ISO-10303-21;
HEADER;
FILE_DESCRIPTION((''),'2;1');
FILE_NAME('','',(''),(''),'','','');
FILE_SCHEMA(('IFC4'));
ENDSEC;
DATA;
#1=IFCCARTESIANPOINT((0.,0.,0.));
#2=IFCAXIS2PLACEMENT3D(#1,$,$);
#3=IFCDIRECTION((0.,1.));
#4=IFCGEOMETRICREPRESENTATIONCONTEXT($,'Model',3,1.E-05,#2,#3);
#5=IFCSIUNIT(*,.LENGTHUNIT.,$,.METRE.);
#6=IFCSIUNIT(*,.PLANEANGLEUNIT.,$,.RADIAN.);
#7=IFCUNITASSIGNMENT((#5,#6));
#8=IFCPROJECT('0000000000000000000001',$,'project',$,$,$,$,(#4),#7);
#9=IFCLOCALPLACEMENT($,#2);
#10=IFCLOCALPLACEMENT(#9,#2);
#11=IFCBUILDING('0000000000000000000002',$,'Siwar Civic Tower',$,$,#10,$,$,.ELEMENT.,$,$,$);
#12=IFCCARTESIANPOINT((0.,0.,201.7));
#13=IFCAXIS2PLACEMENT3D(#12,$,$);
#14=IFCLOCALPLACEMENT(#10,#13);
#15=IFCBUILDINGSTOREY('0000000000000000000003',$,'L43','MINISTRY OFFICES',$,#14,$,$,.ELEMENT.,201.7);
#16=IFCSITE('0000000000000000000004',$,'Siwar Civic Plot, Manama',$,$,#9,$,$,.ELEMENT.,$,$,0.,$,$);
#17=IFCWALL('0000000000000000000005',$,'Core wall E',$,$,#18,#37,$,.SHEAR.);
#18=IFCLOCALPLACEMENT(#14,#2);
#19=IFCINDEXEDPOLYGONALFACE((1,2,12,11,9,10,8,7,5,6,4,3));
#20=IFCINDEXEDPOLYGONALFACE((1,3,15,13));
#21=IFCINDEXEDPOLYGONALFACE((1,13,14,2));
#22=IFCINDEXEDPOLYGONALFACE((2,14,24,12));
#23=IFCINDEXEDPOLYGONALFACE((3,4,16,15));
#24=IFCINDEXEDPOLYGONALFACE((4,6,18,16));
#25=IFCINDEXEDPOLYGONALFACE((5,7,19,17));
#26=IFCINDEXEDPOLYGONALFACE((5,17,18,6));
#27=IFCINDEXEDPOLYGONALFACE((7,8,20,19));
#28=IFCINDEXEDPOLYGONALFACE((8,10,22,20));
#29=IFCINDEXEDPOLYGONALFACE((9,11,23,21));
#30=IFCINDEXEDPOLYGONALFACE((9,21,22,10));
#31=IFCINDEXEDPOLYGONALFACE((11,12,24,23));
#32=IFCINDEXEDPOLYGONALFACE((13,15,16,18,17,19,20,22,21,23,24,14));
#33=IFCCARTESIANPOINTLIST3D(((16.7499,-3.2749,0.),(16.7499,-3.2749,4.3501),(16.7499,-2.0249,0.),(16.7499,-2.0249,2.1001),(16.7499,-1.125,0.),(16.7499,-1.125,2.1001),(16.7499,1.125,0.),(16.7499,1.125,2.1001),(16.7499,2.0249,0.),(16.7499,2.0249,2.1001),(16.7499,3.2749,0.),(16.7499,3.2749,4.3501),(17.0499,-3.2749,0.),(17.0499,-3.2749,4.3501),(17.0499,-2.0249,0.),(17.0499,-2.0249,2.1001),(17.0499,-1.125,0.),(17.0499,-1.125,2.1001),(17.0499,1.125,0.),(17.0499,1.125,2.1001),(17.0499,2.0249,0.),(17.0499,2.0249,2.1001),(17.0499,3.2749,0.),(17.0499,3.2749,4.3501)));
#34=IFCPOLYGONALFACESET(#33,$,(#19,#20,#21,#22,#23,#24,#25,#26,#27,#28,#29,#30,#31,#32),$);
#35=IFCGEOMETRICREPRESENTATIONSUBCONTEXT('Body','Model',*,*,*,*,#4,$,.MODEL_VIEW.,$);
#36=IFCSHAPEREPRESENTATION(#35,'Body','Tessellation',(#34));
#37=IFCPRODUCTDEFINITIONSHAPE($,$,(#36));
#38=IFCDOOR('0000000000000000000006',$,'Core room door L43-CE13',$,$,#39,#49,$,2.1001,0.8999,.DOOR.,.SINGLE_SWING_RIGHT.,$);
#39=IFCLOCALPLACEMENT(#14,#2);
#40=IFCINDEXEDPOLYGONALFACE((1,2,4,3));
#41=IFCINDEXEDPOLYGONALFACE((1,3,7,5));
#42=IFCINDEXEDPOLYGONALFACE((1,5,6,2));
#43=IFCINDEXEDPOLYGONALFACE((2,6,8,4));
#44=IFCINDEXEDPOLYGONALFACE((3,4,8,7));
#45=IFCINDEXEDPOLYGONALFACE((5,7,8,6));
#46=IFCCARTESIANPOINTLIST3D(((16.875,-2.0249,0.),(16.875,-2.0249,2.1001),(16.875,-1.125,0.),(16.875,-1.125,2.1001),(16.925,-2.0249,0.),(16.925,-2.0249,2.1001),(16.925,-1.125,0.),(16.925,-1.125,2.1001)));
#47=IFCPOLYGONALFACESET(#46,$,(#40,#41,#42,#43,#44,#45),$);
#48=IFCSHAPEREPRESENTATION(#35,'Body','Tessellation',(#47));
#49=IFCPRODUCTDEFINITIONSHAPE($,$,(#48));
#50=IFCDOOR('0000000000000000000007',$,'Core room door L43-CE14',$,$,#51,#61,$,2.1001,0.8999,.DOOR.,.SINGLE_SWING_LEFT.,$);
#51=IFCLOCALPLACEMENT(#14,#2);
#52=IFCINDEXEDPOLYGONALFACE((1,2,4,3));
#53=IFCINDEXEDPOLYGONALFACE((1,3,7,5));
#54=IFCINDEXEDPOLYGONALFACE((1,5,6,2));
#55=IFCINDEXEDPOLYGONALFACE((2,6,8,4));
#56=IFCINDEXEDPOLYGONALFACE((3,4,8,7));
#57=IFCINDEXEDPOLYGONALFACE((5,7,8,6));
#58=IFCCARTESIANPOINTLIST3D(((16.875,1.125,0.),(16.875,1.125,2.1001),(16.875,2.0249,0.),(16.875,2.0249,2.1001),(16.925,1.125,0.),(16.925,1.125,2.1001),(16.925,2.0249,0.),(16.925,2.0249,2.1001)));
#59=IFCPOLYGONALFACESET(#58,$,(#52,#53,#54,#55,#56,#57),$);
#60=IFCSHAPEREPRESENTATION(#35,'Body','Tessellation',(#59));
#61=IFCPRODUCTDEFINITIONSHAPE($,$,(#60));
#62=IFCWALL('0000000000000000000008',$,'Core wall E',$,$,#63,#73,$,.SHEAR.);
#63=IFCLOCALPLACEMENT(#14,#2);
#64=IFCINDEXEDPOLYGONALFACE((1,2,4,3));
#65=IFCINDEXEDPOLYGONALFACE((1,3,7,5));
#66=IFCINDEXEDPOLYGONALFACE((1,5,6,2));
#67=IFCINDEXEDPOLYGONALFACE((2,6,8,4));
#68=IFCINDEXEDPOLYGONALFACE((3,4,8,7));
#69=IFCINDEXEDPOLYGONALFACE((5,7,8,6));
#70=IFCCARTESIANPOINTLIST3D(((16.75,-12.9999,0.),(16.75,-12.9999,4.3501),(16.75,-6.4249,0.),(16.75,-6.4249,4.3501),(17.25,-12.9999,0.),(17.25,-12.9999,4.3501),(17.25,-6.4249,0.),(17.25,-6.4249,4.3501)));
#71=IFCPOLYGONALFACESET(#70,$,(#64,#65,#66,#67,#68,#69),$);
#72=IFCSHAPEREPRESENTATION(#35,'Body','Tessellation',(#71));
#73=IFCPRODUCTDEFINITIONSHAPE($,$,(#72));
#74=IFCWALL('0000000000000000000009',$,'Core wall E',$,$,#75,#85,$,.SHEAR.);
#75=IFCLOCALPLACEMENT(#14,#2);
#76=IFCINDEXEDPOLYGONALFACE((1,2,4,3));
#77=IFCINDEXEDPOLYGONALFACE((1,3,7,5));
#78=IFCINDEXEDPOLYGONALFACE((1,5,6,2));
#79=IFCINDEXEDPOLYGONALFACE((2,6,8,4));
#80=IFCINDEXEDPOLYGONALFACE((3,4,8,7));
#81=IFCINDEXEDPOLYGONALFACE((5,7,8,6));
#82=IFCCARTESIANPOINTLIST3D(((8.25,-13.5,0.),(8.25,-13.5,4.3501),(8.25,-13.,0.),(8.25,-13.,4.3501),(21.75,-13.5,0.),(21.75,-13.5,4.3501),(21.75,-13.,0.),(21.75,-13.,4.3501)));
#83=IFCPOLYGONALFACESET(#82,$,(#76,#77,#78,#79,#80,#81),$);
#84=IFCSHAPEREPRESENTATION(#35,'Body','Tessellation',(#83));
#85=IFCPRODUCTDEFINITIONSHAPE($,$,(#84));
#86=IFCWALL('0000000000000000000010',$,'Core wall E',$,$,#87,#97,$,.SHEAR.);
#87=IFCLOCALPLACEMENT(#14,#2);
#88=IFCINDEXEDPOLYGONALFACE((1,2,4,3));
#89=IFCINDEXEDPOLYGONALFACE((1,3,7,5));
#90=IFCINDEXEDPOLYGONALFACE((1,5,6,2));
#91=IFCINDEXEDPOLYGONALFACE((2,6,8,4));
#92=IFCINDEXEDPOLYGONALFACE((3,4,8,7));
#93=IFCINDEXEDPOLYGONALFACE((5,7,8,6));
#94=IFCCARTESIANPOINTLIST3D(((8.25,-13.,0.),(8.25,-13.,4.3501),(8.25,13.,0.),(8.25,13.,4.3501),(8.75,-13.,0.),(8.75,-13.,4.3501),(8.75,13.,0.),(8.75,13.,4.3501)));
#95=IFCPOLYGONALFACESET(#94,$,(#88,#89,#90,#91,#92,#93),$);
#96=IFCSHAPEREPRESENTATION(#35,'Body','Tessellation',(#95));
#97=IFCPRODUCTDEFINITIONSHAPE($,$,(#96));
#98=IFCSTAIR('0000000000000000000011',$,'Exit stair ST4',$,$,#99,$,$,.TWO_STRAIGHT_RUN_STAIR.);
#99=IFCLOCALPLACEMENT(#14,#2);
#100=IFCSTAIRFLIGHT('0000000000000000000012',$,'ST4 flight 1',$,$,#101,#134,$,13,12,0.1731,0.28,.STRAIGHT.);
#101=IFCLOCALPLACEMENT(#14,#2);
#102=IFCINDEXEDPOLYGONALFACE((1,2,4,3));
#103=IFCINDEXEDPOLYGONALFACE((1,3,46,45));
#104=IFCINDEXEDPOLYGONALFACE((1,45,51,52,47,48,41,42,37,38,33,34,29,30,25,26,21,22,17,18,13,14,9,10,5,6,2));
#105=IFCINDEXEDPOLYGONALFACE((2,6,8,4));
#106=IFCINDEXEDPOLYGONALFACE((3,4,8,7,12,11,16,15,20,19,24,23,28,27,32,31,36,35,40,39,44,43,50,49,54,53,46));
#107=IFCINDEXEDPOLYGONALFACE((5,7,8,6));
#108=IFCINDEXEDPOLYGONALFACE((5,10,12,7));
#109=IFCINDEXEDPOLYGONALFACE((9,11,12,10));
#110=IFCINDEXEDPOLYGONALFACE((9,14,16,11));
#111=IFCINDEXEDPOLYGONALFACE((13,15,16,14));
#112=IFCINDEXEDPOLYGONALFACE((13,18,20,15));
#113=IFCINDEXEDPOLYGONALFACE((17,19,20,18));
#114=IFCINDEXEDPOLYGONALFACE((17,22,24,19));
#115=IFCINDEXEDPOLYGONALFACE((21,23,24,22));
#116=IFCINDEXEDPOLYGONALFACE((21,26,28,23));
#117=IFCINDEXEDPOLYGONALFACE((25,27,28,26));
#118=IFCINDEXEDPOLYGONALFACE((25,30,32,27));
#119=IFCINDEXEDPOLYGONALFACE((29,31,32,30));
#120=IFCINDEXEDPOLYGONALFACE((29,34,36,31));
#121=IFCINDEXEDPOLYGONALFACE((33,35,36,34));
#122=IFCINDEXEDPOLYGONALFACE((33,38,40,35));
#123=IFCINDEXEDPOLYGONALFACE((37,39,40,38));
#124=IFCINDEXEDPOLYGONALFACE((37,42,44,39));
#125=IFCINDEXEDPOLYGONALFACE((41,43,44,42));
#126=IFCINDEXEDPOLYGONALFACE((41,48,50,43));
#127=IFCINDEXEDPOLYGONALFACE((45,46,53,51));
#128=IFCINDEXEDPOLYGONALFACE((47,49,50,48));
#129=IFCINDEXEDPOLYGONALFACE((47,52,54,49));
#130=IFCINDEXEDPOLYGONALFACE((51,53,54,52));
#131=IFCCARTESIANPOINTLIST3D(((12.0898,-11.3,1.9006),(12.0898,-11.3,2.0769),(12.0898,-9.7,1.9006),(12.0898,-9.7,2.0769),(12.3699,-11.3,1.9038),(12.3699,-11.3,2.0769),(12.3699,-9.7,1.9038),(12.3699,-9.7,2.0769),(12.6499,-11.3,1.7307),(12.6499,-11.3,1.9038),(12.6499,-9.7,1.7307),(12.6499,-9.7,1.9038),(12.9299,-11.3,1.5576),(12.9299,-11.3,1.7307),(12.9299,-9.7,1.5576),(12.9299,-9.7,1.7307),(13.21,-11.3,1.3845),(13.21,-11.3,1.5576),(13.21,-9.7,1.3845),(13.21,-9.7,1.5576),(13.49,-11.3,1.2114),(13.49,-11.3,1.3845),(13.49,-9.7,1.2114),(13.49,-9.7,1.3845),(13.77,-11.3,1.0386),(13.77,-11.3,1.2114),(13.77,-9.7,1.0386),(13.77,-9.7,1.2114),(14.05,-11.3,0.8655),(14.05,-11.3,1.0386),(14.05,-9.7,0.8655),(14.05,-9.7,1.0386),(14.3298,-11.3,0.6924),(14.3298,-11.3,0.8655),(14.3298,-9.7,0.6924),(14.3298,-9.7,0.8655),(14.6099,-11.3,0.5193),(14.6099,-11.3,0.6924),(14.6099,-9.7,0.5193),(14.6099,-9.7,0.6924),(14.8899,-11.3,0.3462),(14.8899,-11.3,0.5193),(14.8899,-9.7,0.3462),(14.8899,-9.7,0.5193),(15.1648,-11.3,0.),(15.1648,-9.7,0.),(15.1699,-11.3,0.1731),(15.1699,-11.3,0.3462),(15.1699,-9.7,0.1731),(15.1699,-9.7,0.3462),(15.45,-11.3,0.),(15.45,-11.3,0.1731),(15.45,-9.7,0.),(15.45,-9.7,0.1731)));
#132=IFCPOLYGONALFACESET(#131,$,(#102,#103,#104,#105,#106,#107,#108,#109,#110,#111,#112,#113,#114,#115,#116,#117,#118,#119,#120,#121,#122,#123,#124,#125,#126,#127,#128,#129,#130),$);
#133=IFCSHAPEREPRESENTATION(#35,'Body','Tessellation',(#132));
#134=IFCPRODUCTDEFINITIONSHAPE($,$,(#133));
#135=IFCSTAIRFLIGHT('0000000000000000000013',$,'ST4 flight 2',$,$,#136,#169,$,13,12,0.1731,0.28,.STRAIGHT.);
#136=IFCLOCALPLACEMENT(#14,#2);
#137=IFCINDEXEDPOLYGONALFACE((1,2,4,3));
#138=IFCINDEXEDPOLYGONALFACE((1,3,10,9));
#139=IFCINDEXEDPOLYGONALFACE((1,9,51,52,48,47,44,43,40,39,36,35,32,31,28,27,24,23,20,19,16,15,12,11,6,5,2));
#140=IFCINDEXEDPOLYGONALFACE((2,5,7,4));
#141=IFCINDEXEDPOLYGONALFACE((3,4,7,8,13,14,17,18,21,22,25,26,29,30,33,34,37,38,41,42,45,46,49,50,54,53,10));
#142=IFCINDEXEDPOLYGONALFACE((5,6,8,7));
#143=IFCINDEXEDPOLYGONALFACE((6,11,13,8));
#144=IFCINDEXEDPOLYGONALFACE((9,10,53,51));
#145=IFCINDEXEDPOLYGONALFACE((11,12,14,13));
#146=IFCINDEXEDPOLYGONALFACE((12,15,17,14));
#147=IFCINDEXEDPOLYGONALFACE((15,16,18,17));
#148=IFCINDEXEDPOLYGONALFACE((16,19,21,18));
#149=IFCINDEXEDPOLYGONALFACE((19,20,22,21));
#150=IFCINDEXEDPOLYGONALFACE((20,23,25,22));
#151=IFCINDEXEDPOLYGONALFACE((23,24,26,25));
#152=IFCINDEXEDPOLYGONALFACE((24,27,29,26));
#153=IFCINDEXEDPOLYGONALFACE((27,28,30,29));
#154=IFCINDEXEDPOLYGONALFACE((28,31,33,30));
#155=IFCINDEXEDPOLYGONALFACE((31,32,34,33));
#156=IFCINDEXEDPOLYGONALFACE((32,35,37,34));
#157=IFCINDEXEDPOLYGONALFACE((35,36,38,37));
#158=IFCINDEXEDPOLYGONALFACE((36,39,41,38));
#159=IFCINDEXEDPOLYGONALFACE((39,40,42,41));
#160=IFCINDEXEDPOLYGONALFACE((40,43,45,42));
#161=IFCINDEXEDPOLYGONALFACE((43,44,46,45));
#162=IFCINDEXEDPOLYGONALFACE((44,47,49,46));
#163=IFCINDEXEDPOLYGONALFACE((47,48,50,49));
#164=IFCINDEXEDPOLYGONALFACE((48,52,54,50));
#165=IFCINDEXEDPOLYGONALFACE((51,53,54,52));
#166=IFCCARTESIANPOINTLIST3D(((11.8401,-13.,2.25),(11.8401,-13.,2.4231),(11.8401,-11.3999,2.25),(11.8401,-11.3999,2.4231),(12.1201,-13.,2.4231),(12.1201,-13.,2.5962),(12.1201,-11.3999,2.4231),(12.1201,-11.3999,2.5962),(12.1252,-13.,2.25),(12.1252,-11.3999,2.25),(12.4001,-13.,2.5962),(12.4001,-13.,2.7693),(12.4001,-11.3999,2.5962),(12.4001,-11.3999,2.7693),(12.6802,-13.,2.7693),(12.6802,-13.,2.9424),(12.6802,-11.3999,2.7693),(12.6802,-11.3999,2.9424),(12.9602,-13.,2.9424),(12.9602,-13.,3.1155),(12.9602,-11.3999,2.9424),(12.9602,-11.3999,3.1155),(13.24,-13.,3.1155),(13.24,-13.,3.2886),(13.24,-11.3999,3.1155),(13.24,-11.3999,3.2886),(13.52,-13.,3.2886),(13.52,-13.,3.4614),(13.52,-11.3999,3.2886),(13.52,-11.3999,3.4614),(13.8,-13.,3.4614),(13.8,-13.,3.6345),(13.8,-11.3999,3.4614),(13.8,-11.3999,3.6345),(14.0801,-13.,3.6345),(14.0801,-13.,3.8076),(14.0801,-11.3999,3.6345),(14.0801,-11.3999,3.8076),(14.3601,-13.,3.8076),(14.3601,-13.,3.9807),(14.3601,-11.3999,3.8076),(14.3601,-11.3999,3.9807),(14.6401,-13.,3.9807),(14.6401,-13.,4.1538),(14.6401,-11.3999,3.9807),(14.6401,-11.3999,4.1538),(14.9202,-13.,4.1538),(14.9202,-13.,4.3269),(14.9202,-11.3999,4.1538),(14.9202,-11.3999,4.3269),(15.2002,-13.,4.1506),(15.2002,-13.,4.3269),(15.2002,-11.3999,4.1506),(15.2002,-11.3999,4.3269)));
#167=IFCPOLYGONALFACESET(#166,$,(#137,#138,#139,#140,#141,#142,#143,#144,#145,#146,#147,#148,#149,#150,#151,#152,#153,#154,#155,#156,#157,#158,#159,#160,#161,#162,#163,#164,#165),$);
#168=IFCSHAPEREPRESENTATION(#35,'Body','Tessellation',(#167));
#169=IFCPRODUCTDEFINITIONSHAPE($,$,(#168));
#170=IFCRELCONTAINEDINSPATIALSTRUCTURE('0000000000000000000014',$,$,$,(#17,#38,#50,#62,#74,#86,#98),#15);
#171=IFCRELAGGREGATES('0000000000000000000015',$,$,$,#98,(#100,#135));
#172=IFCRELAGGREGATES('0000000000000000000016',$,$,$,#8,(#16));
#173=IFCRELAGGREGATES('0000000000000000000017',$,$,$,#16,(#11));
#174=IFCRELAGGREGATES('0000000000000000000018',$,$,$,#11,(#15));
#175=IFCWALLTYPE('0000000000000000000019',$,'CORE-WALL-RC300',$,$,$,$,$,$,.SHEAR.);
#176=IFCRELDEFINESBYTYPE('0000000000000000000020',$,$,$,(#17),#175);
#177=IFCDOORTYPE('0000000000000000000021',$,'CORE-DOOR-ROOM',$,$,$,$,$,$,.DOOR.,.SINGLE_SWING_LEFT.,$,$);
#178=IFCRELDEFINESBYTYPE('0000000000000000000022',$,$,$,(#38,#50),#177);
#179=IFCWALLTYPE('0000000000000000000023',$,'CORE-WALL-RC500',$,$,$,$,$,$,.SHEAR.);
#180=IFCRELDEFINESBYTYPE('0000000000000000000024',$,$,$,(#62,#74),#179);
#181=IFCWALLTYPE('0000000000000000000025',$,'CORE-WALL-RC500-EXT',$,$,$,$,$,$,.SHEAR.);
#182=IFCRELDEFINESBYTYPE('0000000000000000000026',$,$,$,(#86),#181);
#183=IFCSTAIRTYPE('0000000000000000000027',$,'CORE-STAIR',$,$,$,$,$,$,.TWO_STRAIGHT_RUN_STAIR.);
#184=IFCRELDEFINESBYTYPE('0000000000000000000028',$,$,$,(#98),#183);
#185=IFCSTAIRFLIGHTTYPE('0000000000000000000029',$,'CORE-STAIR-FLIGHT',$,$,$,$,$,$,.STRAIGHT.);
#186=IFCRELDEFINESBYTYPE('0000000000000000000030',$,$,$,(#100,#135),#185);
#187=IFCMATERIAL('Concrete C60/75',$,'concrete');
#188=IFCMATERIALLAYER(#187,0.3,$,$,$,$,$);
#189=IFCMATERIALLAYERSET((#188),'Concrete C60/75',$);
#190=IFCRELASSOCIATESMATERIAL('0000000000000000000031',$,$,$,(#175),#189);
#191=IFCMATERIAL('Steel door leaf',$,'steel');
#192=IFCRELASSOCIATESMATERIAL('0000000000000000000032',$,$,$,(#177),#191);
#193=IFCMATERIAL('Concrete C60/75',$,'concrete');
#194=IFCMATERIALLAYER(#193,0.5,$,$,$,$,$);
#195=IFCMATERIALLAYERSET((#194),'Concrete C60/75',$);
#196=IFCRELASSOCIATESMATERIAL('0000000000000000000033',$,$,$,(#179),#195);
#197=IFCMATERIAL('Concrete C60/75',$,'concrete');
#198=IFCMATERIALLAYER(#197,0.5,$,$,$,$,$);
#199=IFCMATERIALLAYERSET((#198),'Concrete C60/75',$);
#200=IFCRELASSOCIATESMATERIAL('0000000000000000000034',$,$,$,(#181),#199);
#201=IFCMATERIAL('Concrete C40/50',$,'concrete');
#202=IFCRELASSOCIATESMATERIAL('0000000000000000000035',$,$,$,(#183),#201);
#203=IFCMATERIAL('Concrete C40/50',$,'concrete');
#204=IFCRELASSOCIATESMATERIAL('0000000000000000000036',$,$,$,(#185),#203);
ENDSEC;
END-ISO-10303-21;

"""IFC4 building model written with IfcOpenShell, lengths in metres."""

from ifc_helpers import new_model, si_unit, direction, frame, frame_2d, origin, place, context, subcontext, project, spatial, polyline, rectangle, outline, extrude, material, layer, layer_set, type_object, element, fill, aggregate, save


model = new_model("IFC4")

# Units and contexts
model_context = context("Model", 3, precision=1e-05, world=origin(), true_north=direction((0.0, 1.0)))
body_context = subcontext(model_context, "Body", "Model", "MODEL_VIEW")
ifc_project = project(units=[si_unit("LENGTHUNIT", "METRE"), si_unit("PLANEANGLEUNIT", "RADIAN")], contexts=[model_context])

# Site, building, storey
site_placement = place(None, origin())
site = spatial("IfcSite", under=ifc_project, at=site_placement, Name="Siwar Civic Plot, Manama", CompositionType="ELEMENT", RefElevation=0.0)
building_placement = place(site_placement, origin())
building = spatial("IfcBuilding", under=site, at=building_placement, Name="Siwar Civic Tower", CompositionType="ELEMENT")
storey_placement = place(building_placement, frame((0.0, 0.0, 201.7)))
storey = spatial("IfcBuildingStorey", under=building, at=storey_placement, Name="L43", Description="MINISTRY OFFICES", CompositionType="ELEMENT", Elevation=201.7)

# Wall, openings, doors
ifc_material_1 = material(Name="Concrete C60/75", Category="concrete")
ifc_layer_1 = layer(ifc_material_1, 0.3)
ifc_layer_set_1 = layer_set([ifc_layer_1], Name="Concrete C60/75")
wall_type_1 = type_object("IfcWallType", Name="CORE-WALL-RC300", PredefinedType="SHEAR", material=ifc_layer_set_1)
wall_1_placement = place(storey_placement, frame((16.8999, -3.2749, 0.0), z_axis=(0.0, 0.0, 1.0), x_axis=(0.0, 1.0, 0.0)))
wall_1 = element("IfcWall", 1, at=wall_1_placement, inside=storey, type_object=wall_type_1, Name="Core wall E", PredefinedType="SHEAR", context=body_context, shape_type="SweptSolid", body=[
    extrude(rectangle(XDim=6.5498, YDim=0.3, at=frame_2d((3.2749, 0.0))), origin(), (0.0, 0.0, 1.0), 4.3501),
])
opening_1_placement = place(wall_1_placement, frame((1.25, 0.0, 0.0)))
opening_1 = element("IfcOpeningElement", 2, at=opening_1_placement, cuts=wall_1, PredefinedType="OPENING", context=body_context, shape_type="SweptSolid", body=[
    extrude(rectangle(XDim=0.8999, YDim=2.1001, at=frame_2d((0.45, 1.05))), frame((0.0, 0.1602, 0.0), z_axis=(0.0, -1.0, 0.0), x_axis=(1.0, 0.0, 0.0)), (0.0, 0.0, 1.0), 0.3201),
])
opening_2_placement = place(wall_1_placement, frame((4.3999, 0.0, 0.0)))
opening_2 = element("IfcOpeningElement", 3, at=opening_2_placement, cuts=wall_1, PredefinedType="OPENING", context=body_context, shape_type="SweptSolid", body=[
    extrude(rectangle(XDim=0.8999, YDim=2.1001, at=frame_2d((0.45, 1.05))), frame((0.0, 0.1602, 0.0), z_axis=(0.0, -1.0, 0.0), x_axis=(1.0, 0.0, 0.0)), (0.0, 0.0, 1.0), 0.3201),
])
ifc_material_2 = material(Name="Steel door leaf", Category="steel")
door_type_1 = type_object("IfcDoorType", Name="CORE-DOOR-ROOM", OperationType="SINGLE_SWING_LEFT", PredefinedType="DOOR", material=ifc_material_2)
door_1_placement = place(opening_1_placement, origin())
door_1 = element("IfcDoor", 4, at=door_1_placement, inside=storey, type_object=door_type_1, Name="Core room door L43-CE13", OperationType="SINGLE_SWING_RIGHT", OverallHeight=2.1001, OverallWidth=0.8999, PredefinedType="DOOR", context=body_context, shape_type="SweptSolid", body=[
    extrude(rectangle(XDim=0.8999, YDim=2.1001, at=frame_2d((0.45, 1.05))), frame((0.0, 0.0249, 0.0), z_axis=(0.0, -1.0, 0.0), x_axis=(1.0, 0.0, 0.0)), (0.0, 0.0, 1.0), 0.05),
])
fill(opening_1, door_1)
door_2_placement = place(opening_2_placement, origin())
door_2 = element("IfcDoor", 5, at=door_2_placement, inside=storey, type_object=door_type_1, Name="Core room door L43-CE14", OperationType="SINGLE_SWING_LEFT", OverallHeight=2.1001, OverallWidth=0.8999, PredefinedType="DOOR", context=body_context, shape_type="SweptSolid", body=[
    extrude(rectangle(XDim=0.8999, YDim=2.1001, at=frame_2d((0.45, 1.05))), frame((0.0, 0.0249, 0.0), z_axis=(0.0, -1.0, 0.0), x_axis=(1.0, 0.0, 0.0)), (0.0, 0.0, 1.0), 0.05),
])
fill(opening_2, door_2)

# Walls
ifc_material_3 = material(Name="Concrete C60/75", Category="concrete")
ifc_layer_2 = layer(ifc_material_3, 0.5)
ifc_layer_set_2 = layer_set([ifc_layer_2], Name="Concrete C60/75")
wall_type_2 = type_object("IfcWallType", Name="CORE-WALL-RC500", PredefinedType="SHEAR", material=ifc_layer_set_2)
wall_2_placement = place(storey_placement, frame((17.0, -13.0, 0.0), z_axis=(0.0, 0.0, 1.0), x_axis=(0.0, 1.0, 0.0)))
element("IfcWall", 6, at=wall_2_placement, inside=storey, type_object=wall_type_2, Name="Core wall E", PredefinedType="SHEAR", context=body_context, shape_type="SweptSolid", body=[
    extrude(rectangle(XDim=6.575, YDim=0.5, at=frame_2d((3.2876, 0.0))), origin(), (0.0, 0.0, 1.0), 4.3501),
])
wall_3_placement = place(storey_placement, frame((8.25, -13.25, 0.0), z_axis=(0.0, 0.0, 1.0), x_axis=(1.0, 0.0, 0.0)))
element("IfcWall", 7, at=wall_3_placement, inside=storey, type_object=wall_type_2, Name="Core wall E", PredefinedType="SHEAR", context=body_context, shape_type="SweptSolid", body=[
    extrude(rectangle(XDim=13.5, YDim=0.5, at=frame_2d((6.75, 0.0))), origin(), (0.0, 0.0, 1.0), 4.3501),
])
ifc_material_4 = material(Name="Concrete C60/75", Category="concrete")
ifc_layer_3 = layer(ifc_material_4, 0.5)
ifc_layer_set_3 = layer_set([ifc_layer_3], Name="Concrete C60/75")
wall_type_3 = type_object("IfcWallType", Name="CORE-WALL-RC500-EXT", PredefinedType="SHEAR", material=ifc_layer_set_3)
wall_4_placement = place(storey_placement, frame((8.5, -13.0, 0.0), z_axis=(0.0, 0.0, 1.0), x_axis=(0.0, 1.0, 0.0)))
element("IfcWall", 8, at=wall_4_placement, inside=storey, type_object=wall_type_3, Name="Core wall E", PredefinedType="SHEAR", context=body_context, shape_type="SweptSolid", body=[
    extrude(rectangle(XDim=26.0, YDim=0.5, at=frame_2d((13.0, 0.0))), origin(), (0.0, 0.0, 1.0), 4.3501),
])

# Stair, stair flights
ifc_material_5 = material(Name="Concrete C40/50", Category="concrete")
stair_type = type_object("IfcStairType", Name="CORE-STAIR", PredefinedType="TWO_STRAIGHT_RUN_STAIR", material=ifc_material_5)
stair_placement = place(storey_placement, origin())
stair = element("IfcStair", 9, at=stair_placement, inside=storey, type_object=stair_type, Name="Exit stair ST4", PredefinedType="TWO_STRAIGHT_RUN_STAIR")
ifc_material_6 = material(Name="Concrete C40/50", Category="concrete")
stair_flight_type = type_object("IfcStairFlightType", Name="CORE-STAIR-FLIGHT", PredefinedType="STRAIGHT", material=ifc_material_6)
stair_flight_1_placement = place(storey_placement, frame((15.45, -10.5, 0.0), z_axis=(0.0, 0.0, 1.0), x_axis=(-1.0, 0.0, 0.0)))
stair_flight_1 = element("IfcStairFlight", 10, at=stair_flight_1_placement, type_object=stair_flight_type, Name="ST4 flight 1", NumberOfRisers=13, NumberOfTreads=12, PredefinedType="STRAIGHT", RiserHeight=0.1731, TreadLength=0.28, context=body_context, shape_type="SweptSolid", body=[
    extrude(outline(polyline([(0.0, 0.0), (0.0, 0.1731), (0.28, 0.1731), (0.28, 0.3462), (0.5601, 0.3462), (0.5601, 0.5193), (0.8401, 0.5193), (0.8401, 0.6924), (1.1201, 0.6924), (1.1201, 0.8655), (1.3999, 0.8655), (1.3999, 1.0386), (1.6799, 1.0386), (1.6799, 1.2114), (1.96, 1.2114), (1.96, 1.3845), (2.24, 1.3845), (2.24, 1.5576), (2.52, 1.5576), (2.52, 1.7307), (2.8, 1.7307), (2.8, 1.9038), (3.0801, 1.9038), (3.0801, 2.0769), (3.3601, 2.0769), (3.3601, 2.25), (3.3601, 1.9006), (0.2852, 0.0), (0.0, 0.0)])), frame((0.0, 0.8, 0.0), z_axis=(0.0, -1.0, 0.0), x_axis=(1.0, 0.0, 0.0)), (0.0, 0.0, 1.0), 1.6001),
])
stair_flight_2_placement = place(storey_placement, frame((11.8401, -12.2, 2.25), z_axis=(0.0, 0.0, 1.0), x_axis=(1.0, 0.0, 0.0)))
stair_flight_2 = element("IfcStairFlight", 11, at=stair_flight_2_placement, type_object=stair_flight_type, Name="ST4 flight 2", NumberOfRisers=13, NumberOfTreads=12, PredefinedType="STRAIGHT", RiserHeight=0.1731, TreadLength=0.28, context=body_context, shape_type="SweptSolid", body=[
    extrude(outline(polyline([(0.0, 0.0), (0.0, 0.1731), (0.28, 0.1731), (0.28, 0.3462), (0.5601, 0.3462), (0.5601, 0.5193), (0.8401, 0.5193), (0.8401, 0.6924), (1.1201, 0.6924), (1.1201, 0.8655), (1.3999, 0.8655), (1.3999, 1.0386), (1.6799, 1.0386), (1.6799, 1.2114), (1.96, 1.2114), (1.96, 1.3845), (2.24, 1.3845), (2.24, 1.5576), (2.52, 1.5576), (2.52, 1.7307), (2.8, 1.7307), (2.8, 1.9038), (3.0801, 1.9038), (3.0801, 2.0769), (3.3601, 2.0769), (3.3601, 2.25), (3.3601, 1.9006), (0.2852, 0.0), (0.0, 0.0)])), frame((0.0, 0.8, 0.0), z_axis=(0.0, -1.0, 0.0), x_axis=(1.0, 0.0, 0.0)), (0.0, 0.0, 1.0), 1.6001),
])
aggregate(stair, [stair_flight_1, stair_flight_2])

save(model, "model.ifc")
